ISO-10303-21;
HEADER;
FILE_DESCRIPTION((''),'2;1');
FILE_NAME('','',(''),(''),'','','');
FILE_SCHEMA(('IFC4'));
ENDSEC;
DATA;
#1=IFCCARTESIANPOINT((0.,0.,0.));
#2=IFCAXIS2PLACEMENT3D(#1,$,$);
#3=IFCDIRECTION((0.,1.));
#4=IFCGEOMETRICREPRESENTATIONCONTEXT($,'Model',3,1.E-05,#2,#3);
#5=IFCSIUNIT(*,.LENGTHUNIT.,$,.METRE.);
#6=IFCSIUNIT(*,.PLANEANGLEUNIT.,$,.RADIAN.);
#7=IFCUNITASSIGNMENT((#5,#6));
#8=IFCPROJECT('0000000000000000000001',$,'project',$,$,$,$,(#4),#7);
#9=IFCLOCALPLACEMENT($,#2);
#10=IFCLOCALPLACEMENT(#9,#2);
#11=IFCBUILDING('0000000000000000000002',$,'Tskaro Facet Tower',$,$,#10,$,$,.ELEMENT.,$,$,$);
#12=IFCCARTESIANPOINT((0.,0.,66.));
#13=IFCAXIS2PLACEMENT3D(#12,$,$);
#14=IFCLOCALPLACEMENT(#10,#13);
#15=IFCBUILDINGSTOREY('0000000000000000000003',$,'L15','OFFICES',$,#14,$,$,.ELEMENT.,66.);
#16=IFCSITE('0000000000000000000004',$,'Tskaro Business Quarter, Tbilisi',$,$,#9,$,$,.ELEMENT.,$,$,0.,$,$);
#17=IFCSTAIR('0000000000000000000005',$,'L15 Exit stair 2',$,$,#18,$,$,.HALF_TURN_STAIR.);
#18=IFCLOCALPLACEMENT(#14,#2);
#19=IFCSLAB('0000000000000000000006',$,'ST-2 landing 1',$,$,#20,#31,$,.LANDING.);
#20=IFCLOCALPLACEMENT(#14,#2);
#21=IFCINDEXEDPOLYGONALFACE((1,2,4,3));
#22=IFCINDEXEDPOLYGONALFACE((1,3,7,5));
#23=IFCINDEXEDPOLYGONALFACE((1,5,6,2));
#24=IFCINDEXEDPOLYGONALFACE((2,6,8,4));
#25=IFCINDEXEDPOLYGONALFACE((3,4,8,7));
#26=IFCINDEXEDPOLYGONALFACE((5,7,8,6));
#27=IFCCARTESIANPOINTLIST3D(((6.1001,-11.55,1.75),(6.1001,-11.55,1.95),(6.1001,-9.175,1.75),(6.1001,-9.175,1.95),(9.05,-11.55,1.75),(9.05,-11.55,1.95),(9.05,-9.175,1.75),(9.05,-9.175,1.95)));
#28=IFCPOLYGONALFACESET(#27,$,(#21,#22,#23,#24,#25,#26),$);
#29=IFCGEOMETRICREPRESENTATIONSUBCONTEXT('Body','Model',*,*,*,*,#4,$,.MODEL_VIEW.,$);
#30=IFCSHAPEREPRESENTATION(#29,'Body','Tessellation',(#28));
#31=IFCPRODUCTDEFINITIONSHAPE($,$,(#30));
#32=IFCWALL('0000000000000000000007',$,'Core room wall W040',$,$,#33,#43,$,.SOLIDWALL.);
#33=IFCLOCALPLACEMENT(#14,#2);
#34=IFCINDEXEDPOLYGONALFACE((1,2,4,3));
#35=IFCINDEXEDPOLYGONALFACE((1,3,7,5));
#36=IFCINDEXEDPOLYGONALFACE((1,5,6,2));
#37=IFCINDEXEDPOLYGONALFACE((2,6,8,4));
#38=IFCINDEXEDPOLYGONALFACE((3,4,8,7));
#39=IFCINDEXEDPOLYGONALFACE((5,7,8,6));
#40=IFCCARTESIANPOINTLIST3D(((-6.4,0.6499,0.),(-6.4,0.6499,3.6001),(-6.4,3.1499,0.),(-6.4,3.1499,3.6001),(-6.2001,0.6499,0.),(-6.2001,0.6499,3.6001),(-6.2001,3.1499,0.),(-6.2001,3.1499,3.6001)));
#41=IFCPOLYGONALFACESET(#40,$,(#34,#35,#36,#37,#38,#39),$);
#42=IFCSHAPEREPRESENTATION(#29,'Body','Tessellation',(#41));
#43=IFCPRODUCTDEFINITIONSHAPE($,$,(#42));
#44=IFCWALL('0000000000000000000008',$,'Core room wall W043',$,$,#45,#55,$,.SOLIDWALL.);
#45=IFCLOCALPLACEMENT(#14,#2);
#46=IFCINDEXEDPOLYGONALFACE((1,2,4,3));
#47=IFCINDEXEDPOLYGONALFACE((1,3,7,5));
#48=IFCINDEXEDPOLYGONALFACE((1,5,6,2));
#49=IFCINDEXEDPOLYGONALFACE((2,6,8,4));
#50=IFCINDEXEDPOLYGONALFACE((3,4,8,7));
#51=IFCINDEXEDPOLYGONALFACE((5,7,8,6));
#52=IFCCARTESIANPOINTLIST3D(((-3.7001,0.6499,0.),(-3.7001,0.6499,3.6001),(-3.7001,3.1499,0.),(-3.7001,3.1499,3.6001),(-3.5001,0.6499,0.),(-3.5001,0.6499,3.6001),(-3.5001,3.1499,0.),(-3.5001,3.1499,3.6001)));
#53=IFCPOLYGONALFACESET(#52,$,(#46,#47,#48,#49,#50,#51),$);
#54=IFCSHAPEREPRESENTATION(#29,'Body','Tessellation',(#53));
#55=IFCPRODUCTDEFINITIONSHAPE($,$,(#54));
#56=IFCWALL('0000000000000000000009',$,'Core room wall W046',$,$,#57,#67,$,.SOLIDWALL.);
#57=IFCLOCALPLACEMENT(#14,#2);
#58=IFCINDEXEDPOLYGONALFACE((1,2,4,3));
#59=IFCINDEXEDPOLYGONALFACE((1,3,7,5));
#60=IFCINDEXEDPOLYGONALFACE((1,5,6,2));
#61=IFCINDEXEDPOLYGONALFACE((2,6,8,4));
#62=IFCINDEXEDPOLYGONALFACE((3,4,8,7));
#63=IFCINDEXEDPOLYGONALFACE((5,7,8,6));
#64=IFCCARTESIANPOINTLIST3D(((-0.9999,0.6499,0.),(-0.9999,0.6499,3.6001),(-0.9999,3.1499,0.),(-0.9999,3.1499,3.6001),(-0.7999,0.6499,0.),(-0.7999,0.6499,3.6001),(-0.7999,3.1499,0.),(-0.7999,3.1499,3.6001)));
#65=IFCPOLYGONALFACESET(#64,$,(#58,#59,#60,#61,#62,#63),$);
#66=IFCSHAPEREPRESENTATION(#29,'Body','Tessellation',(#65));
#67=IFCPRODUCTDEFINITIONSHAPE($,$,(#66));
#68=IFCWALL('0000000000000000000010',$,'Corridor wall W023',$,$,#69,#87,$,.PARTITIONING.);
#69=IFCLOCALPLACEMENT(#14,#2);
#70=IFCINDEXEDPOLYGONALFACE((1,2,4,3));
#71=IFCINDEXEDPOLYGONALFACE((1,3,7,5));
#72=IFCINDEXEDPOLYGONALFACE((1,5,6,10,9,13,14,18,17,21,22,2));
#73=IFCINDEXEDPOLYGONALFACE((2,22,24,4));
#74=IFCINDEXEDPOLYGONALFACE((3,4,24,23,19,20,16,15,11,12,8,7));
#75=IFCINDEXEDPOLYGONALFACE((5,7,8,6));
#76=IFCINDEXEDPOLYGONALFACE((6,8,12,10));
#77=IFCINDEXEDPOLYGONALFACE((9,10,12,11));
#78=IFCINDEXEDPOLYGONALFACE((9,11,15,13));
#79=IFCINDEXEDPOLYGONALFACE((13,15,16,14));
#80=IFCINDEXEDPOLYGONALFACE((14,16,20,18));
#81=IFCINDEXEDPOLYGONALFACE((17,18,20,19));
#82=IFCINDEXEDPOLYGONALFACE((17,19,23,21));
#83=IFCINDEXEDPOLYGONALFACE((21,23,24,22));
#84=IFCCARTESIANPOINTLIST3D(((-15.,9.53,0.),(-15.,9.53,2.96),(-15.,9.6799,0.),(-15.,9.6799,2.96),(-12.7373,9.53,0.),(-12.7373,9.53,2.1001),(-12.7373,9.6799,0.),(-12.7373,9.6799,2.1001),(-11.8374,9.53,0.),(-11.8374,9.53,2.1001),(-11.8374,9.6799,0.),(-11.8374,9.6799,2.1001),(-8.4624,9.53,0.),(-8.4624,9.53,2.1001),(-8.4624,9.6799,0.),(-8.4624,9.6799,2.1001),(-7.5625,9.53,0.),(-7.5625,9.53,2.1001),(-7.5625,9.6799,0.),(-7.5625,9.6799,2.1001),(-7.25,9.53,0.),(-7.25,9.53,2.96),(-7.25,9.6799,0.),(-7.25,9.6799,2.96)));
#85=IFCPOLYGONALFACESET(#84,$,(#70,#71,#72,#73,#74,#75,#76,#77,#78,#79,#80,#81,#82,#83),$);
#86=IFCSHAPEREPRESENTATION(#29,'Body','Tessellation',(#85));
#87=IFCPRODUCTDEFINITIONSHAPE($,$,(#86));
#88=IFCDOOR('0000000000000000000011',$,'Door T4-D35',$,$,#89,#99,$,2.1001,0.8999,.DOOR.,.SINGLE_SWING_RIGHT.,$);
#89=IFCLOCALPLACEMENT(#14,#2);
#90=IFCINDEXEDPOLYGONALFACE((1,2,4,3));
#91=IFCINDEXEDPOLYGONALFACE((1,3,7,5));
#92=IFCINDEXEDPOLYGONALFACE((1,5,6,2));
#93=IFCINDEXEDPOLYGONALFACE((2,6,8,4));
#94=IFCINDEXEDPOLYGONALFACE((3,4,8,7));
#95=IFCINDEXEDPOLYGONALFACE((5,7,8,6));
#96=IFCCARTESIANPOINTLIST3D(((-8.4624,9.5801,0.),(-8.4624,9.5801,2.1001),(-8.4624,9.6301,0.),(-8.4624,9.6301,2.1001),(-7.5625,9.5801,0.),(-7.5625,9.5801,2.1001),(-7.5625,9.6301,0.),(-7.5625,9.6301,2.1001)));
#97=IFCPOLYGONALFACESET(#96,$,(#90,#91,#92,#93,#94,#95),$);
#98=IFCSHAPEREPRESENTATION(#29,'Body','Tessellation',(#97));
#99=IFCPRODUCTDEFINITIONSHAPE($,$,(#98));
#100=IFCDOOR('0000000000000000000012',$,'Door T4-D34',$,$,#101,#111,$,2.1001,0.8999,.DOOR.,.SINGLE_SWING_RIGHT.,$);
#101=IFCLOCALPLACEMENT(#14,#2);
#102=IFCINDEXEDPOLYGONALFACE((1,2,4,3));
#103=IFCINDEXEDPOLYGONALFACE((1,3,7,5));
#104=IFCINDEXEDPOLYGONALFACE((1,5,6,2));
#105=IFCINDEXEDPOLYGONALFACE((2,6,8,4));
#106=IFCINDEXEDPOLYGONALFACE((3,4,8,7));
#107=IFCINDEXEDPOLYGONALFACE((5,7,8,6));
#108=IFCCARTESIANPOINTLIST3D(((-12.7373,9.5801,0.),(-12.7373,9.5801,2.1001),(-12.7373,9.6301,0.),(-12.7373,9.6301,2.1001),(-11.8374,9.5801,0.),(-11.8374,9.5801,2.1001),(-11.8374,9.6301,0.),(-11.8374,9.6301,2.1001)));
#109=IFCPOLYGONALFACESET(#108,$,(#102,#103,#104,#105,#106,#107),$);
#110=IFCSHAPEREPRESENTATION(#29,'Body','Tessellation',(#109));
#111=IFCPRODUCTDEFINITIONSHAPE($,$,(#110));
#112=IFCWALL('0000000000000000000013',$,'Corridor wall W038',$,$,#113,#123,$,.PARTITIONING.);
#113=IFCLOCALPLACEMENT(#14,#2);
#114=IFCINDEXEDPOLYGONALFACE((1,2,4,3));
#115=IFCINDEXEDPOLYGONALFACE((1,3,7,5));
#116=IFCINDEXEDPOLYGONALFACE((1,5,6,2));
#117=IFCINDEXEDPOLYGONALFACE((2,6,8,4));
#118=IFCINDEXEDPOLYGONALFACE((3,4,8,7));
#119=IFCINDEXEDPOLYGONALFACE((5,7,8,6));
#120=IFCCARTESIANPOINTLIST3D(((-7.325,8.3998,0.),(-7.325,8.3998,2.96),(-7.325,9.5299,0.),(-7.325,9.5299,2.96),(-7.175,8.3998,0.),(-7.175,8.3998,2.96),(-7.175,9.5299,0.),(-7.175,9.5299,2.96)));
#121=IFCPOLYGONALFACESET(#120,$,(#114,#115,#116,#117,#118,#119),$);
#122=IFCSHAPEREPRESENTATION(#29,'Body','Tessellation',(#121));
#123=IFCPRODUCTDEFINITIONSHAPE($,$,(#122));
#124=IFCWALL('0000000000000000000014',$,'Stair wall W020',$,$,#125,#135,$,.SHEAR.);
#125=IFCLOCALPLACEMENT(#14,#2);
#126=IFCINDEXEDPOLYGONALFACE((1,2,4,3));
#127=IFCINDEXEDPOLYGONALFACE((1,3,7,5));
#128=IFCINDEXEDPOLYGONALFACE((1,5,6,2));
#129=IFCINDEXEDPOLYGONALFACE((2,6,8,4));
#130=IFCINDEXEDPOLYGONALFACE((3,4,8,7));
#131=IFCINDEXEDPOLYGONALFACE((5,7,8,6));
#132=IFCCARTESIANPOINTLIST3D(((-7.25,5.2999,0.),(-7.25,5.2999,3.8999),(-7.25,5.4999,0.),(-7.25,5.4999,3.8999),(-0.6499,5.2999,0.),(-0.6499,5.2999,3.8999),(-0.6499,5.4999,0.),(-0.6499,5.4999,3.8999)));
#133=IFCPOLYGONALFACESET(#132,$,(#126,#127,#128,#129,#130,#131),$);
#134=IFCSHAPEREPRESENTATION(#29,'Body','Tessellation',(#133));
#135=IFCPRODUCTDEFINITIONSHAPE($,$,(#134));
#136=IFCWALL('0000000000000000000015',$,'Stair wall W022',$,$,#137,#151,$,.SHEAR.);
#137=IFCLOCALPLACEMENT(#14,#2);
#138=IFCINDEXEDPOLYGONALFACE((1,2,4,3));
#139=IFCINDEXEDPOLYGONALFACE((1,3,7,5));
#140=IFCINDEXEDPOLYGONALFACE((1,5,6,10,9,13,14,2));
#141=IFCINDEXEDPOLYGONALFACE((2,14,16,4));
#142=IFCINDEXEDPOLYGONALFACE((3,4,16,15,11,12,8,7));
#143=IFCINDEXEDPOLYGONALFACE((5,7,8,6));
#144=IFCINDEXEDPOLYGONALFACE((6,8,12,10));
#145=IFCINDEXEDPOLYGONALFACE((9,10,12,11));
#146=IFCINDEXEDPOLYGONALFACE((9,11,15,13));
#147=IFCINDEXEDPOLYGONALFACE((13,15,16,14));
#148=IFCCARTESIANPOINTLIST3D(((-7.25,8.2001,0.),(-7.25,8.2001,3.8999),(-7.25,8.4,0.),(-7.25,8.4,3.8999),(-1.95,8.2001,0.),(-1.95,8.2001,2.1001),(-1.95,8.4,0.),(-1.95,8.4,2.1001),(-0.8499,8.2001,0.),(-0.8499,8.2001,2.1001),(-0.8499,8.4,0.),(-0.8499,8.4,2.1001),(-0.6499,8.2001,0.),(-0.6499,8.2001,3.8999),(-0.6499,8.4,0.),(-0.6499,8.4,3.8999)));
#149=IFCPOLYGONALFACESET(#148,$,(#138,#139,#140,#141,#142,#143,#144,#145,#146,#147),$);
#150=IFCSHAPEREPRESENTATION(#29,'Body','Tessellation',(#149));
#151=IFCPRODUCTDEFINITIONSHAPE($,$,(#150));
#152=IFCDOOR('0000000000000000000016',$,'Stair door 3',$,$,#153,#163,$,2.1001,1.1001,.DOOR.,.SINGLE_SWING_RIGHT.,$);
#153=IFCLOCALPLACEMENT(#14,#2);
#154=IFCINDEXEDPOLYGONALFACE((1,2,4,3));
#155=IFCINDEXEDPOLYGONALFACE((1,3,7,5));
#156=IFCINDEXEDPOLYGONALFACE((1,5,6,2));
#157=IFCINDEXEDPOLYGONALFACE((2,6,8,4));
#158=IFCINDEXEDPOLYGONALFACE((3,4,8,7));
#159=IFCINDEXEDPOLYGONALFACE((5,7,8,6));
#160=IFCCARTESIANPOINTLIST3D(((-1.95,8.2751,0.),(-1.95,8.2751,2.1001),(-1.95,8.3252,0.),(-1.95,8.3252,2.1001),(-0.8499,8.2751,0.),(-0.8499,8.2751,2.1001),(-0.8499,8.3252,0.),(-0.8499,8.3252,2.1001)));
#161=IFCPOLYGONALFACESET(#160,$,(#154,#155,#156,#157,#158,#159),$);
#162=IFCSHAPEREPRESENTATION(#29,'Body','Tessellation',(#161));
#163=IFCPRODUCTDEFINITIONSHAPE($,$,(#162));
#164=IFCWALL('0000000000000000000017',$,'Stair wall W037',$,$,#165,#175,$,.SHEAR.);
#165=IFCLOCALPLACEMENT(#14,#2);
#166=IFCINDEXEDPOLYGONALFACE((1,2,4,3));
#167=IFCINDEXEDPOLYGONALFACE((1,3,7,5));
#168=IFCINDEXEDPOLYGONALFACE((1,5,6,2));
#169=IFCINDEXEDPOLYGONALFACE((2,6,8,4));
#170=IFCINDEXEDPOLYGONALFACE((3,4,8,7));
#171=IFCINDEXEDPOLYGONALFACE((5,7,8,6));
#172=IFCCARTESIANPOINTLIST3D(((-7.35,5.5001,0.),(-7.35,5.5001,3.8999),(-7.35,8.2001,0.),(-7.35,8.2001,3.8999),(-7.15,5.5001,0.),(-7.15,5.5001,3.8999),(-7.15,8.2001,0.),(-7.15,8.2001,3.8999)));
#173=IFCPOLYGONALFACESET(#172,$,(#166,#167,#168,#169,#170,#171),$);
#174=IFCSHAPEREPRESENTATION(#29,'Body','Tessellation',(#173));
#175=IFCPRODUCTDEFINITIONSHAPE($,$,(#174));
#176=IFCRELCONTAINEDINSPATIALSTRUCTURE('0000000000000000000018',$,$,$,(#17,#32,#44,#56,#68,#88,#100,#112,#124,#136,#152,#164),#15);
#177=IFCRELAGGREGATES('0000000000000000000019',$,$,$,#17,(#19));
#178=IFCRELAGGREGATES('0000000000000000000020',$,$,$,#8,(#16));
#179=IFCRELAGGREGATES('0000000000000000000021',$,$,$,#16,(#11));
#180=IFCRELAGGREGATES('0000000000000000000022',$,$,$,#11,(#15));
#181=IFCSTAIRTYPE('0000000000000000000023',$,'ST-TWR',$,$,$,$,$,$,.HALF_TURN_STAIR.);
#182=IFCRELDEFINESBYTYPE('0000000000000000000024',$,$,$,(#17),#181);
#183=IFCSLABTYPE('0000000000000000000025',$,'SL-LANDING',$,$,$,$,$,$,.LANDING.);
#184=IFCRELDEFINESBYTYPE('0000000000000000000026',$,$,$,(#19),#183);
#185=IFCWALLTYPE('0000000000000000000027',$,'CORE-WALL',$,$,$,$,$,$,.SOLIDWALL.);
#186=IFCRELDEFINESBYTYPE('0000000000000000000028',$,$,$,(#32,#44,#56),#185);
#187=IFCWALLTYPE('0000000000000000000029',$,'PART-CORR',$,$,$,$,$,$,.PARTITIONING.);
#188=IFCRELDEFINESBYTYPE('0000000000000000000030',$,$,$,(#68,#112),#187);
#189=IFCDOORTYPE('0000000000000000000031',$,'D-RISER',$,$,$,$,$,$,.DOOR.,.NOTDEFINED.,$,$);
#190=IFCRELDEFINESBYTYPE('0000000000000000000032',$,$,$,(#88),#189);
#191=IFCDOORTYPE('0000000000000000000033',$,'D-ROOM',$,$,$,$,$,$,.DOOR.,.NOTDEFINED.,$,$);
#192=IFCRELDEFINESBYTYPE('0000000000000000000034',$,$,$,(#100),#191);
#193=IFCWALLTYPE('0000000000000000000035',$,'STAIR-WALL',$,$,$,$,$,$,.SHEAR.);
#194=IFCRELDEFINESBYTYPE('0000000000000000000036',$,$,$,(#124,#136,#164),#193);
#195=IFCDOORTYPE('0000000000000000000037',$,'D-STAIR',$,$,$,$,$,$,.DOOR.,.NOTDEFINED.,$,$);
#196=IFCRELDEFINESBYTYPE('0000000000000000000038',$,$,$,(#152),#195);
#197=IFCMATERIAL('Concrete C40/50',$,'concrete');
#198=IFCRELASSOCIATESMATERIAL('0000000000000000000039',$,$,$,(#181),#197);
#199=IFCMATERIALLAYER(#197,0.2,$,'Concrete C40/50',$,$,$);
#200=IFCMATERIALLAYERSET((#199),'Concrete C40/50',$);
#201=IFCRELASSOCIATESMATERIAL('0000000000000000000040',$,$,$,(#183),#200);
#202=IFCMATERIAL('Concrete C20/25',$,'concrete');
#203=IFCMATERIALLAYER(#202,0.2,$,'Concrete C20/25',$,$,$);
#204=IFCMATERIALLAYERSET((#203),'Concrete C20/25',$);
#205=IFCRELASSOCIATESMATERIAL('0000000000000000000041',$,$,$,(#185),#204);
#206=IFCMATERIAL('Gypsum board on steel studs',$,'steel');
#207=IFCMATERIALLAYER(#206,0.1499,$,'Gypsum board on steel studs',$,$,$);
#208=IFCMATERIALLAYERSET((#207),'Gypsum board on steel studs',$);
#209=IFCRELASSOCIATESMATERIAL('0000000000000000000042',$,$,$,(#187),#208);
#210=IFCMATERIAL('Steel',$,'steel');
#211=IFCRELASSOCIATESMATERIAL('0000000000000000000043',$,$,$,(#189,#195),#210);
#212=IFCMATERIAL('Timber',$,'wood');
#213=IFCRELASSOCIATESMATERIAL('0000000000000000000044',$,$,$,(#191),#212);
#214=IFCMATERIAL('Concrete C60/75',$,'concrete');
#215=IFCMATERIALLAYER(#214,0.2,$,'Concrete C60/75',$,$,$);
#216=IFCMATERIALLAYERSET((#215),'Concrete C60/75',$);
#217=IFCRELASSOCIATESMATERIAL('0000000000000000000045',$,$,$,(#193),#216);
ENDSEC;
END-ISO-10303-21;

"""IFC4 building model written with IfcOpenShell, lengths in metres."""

from ifc_helpers import new_model, si_unit, direction, frame, frame_2d, origin, place, context, subcontext, project, spatial, polyline, rectangle, outline, extrude, material, layer, layer_set, type_object, element, fill, aggregate, save


model = new_model("IFC4")

# Units and contexts
model_context = context("Model", 3, precision=1e-05, world=origin(), true_north=direction((0.0, 1.0)))
body_context = subcontext(model_context, "Body", "Model", "MODEL_VIEW")
ifc_project = project(units=[si_unit("LENGTHUNIT", "METRE"), si_unit("PLANEANGLEUNIT", "RADIAN")], contexts=[model_context])

# Site, building, storey
site_placement = place(None, origin())
site = spatial("IfcSite", under=ifc_project, at=site_placement, Name="Tskaro Business Quarter, Tbilisi", CompositionType="ELEMENT", RefElevation=0.0)
building_placement = place(site_placement, origin())
building = spatial("IfcBuilding", under=site, at=building_placement, Name="Tskaro Facet Tower", CompositionType="ELEMENT")
storey_placement = place(building_placement, frame((0.0, 0.0, 66.0)))
storey = spatial("IfcBuildingStorey", under=building, at=storey_placement, Name="L15", Description="OFFICES", CompositionType="ELEMENT", Elevation=66.0)

# Stair, slab
ifc_material_1 = material(Name="Concrete C40/50", Category="concrete")
stair_type = type_object("IfcStairType", Name="ST-TWR", PredefinedType="HALF_TURN_STAIR", material=ifc_material_1)
ifc_layer_1 = layer(ifc_material_1, 0.2, Name="Concrete C40/50")
ifc_layer_set_1 = layer_set([ifc_layer_1], Name="Concrete C40/50")
slab_type = type_object("IfcSlabType", Name="SL-LANDING", PredefinedType="LANDING", material=ifc_layer_set_1)
stair_1_placement = place(storey_placement, origin())
stair_1 = element("IfcStair", 1, at=stair_1_placement, inside=storey, type_object=stair_type, Name="L15 Exit stair 2", PredefinedType="HALF_TURN_STAIR")
slab_1_placement = place(storey_placement, frame((0.0, 0.0, 1.75)))
slab_1 = element("IfcSlab", 2, at=slab_1_placement, type_object=slab_type, Name="ST-2 landing 1", PredefinedType="LANDING", context=body_context, shape_type="SweptSolid", body=[
    extrude(outline(polyline([(6.1001, -11.55), (9.05, -11.55), (9.05, -9.175), (6.1001, -9.175), (6.1001, -11.55)])), origin(), (0.0, 0.0, 1.0), 0.2),
])
aggregate(stair_1, [slab_1])

# Walls
ifc_material_2 = material(Name="Concrete C20/25", Category="concrete")
ifc_layer_2 = layer(ifc_material_2, 0.2, Name="Concrete C20/25")
ifc_layer_set_2 = layer_set([ifc_layer_2], Name="Concrete C20/25")
wall_type_1 = type_object("IfcWallType", Name="CORE-WALL", PredefinedType="SOLIDWALL", material=ifc_layer_set_2)
for number, where, z_axis, x_axis, name in (
    (3, (-6.3, 0.6499, 0.0), (0.0, 0.0, 1.0), (0.0, 1.0, 0.0), "Core room wall W040"),
    (4, (-3.6001, 0.6499, 0.0), (0.0, 0.0, 1.0), (0.0, 1.0, 0.0), "Core room wall W043"),
    (5, (-0.8999, 0.6499, 0.0), (0.0, 0.0, 1.0), (0.0, 1.0, 0.0), "Core room wall W046"),
):
    element("IfcWall", number, at=place(storey_placement, frame(where, z_axis=z_axis, x_axis=x_axis)), inside=storey, type_object=wall_type_1, Name=name, PredefinedType="SOLIDWALL", context=body_context, shape_type="SweptSolid", body=[
        extrude(rectangle(XDim=2.5, YDim=0.2, at=frame_2d((1.25, 0.0))), origin(), (0.0, 0.0, 1.0), 3.6001),
    ])

# Wall, openings, doors
ifc_material_3 = material(Name="Gypsum board on steel studs", Category="steel")
ifc_layer_3 = layer(ifc_material_3, 0.1499, Name="Gypsum board on steel studs")
ifc_layer_set_3 = layer_set([ifc_layer_3], Name="Gypsum board on steel studs")
wall_type_2 = type_object("IfcWallType", Name="PART-CORR", PredefinedType="PARTITIONING", material=ifc_layer_set_3)
wall_1_placement = place(storey_placement, frame((-7.25, 9.605, 0.0), z_axis=(0.0, 0.0, 1.0), x_axis=(-1.0, 0.0, 0.0)))
wall_1 = element("IfcWall", 6, at=wall_1_placement, inside=storey, type_object=wall_type_2, Name="Corridor wall W023", PredefinedType="PARTITIONING", context=body_context, shape_type="SweptSolid", body=[
    extrude(rectangle(XDim=7.75, YDim=0.1499, at=frame_2d((3.875, 0.0))), origin(), (0.0, 0.0, 1.0), 2.96),
])
opening_1_placement = place(wall_1_placement, frame((0.3125, 0.0, 0.0)))
opening_1 = element("IfcOpeningElement", 7, at=opening_1_placement, cuts=wall_1, PredefinedType="OPENING", context=body_context, shape_type="SweptSolid", body=[
    extrude(rectangle(XDim=0.8999, YDim=2.1001, at=frame_2d((0.45, 1.05))), frame((0.0, 0.085, 0.0), z_axis=(0.0, -1.0, 0.0), x_axis=(1.0, 0.0, 0.0)), (0.0, 0.0, 1.0), 0.1699),
])
opening_2_placement = place(wall_1_placement, frame((4.5874, 0.0, 0.0)))
opening_2 = element("IfcOpeningElement", 8, at=opening_2_placement, cuts=wall_1, PredefinedType="OPENING", context=body_context, shape_type="SweptSolid", body=[
    extrude(rectangle(XDim=0.8999, YDim=2.1001, at=frame_2d((0.45, 1.05))), frame((0.0, 0.085, 0.0), z_axis=(0.0, -1.0, 0.0), x_axis=(1.0, 0.0, 0.0)), (0.0, 0.0, 1.0), 0.1699),
])
ifc_material_4 = material(Name="Steel", Category="steel")
door_type_1 = type_object("IfcDoorType", Name="D-RISER", OperationType="NOTDEFINED", PredefinedType="DOOR", material=ifc_material_4)
door_1_placement = place(opening_1_placement, origin())
door_1 = element("IfcDoor", 9, at=door_1_placement, inside=storey, type_object=door_type_1, Name="Door T4-D35", OperationType="SINGLE_SWING_RIGHT", OverallHeight=2.1001, OverallWidth=0.8999, PredefinedType="DOOR", context=body_context, shape_type="SweptSolid", body=[
    extrude(rectangle(XDim=0.8999, YDim=2.1001, at=frame_2d((0.45, 1.05))), frame((0.0, 0.0249, 0.0), z_axis=(0.0, -1.0, 0.0), x_axis=(1.0, 0.0, 0.0)), (0.0, 0.0, 1.0), 0.05),
])
fill(opening_1, door_1)
ifc_material_5 = material(Name="Timber", Category="wood")
door_type_2 = type_object("IfcDoorType", Name="D-ROOM", OperationType="NOTDEFINED", PredefinedType="DOOR", material=ifc_material_5)
door_2_placement = place(opening_2_placement, origin())
door_2 = element("IfcDoor", 10, at=door_2_placement, inside=storey, type_object=door_type_2, Name="Door T4-D34", OperationType="SINGLE_SWING_RIGHT", OverallHeight=2.1001, OverallWidth=0.8999, PredefinedType="DOOR", context=body_context, shape_type="SweptSolid", body=[
    extrude(rectangle(XDim=0.8999, YDim=2.1001, at=frame_2d((0.45, 1.05))), frame((0.0, 0.0249, 0.0), z_axis=(0.0, -1.0, 0.0), x_axis=(1.0, 0.0, 0.0)), (0.0, 0.0, 1.0), 0.05),
])
fill(opening_2, door_2)

# Walls
wall_2_placement = place(storey_placement, frame((-7.25, 8.3999, 0.0), z_axis=(0.0, 0.0, 1.0), x_axis=(0.0, 1.0, 0.0)))
element("IfcWall", 11, at=wall_2_placement, inside=storey, type_object=wall_type_2, Name="Corridor wall W038", PredefinedType="PARTITIONING", context=body_context, shape_type="SweptSolid", body=[
    extrude(rectangle(XDim=1.1301, YDim=0.1499, at=frame_2d((0.5649, 0.0))), origin(), (0.0, 0.0, 1.0), 2.96),
])
ifc_material_6 = material(Name="Concrete C60/75", Category="concrete")
ifc_layer_4 = layer(ifc_material_6, 0.2, Name="Concrete C60/75")
ifc_layer_set_4 = layer_set([ifc_layer_4], Name="Concrete C60/75")
wall_type_3 = type_object("IfcWallType", Name="STAIR-WALL", PredefinedType="SHEAR", material=ifc_layer_set_4)
wall_3_placement = place(storey_placement, frame((-7.25, 5.3999, 0.0), z_axis=(0.0, 0.0, 1.0), x_axis=(1.0, 0.0, 0.0)))
element("IfcWall", 12, at=wall_3_placement, inside=storey, type_object=wall_type_3, Name="Stair wall W020", PredefinedType="SHEAR", context=body_context, shape_type="SweptSolid", body=[
    extrude(rectangle(XDim=6.6001, YDim=0.2, at=frame_2d((3.3, 0.0))), origin(), (0.0, 0.0, 1.0), 3.8999),
])

# Wall, opening, door
wall_4_placement = place(storey_placement, frame((-0.6499, 8.3, 0.0), z_axis=(0.0, 0.0, 1.0), x_axis=(-1.0, 0.0, 0.0)))
wall_4 = element("IfcWall", 13, at=wall_4_placement, inside=storey, type_object=wall_type_3, Name="Stair wall W022", PredefinedType="SHEAR", context=body_context, shape_type="SweptSolid", body=[
    extrude(rectangle(XDim=6.6001, YDim=0.2, at=frame_2d((3.3, 0.0))), origin(), (0.0, 0.0, 1.0), 3.8999),
])
opening_3_placement = place(wall_4_placement, frame((0.2, 0.0, 0.0)))
opening_3 = element("IfcOpeningElement", 14, at=opening_3_placement, cuts=wall_4, PredefinedType="OPENING", context=body_context, shape_type="SweptSolid", body=[
    extrude(rectangle(XDim=1.1001, YDim=2.1001, at=frame_2d((0.55, 1.05))), frame((0.0, 0.1099, 0.0), z_axis=(0.0, -1.0, 0.0), x_axis=(1.0, 0.0, 0.0)), (0.0, 0.0, 1.0), 0.22),
])
door_type_3 = type_object("IfcDoorType", Name="D-STAIR", OperationType="NOTDEFINED", PredefinedType="DOOR", material=ifc_material_4)
door_3_placement = place(opening_3_placement, origin())
door_3 = element("IfcDoor", 15, at=door_3_placement, inside=storey, type_object=door_type_3, Name="Stair door 3", OperationType="SINGLE_SWING_RIGHT", OverallHeight=2.1001, OverallWidth=1.1001, PredefinedType="DOOR", context=body_context, shape_type="SweptSolid", body=[
    extrude(rectangle(XDim=1.1001, YDim=2.1001, at=frame_2d((0.55, 1.05))), frame((0.0, 0.0249, 0.0), z_axis=(0.0, -1.0, 0.0), x_axis=(1.0, 0.0, 0.0)), (0.0, 0.0, 1.0), 0.05),
])
fill(opening_3, door_3)

# Wall
for number, where, z_axis, x_axis, name in (
    (16, (-7.25, 5.5, 0.0), (0.0, 0.0, 1.0), (0.0, 1.0, 0.0), "Stair wall W037"),
):
    element("IfcWall", number, at=place(storey_placement, frame(where, z_axis=z_axis, x_axis=x_axis)), inside=storey, type_object=wall_type_3, Name=name, PredefinedType="SHEAR", context=body_context, shape_type="SweptSolid", body=[
        extrude(rectangle(XDim=2.7, YDim=0.2, at=frame_2d((1.3501, 0.0))), origin(), (0.0, 0.0, 1.0), 3.8999),
    ])

save(model, "model.ifc")
